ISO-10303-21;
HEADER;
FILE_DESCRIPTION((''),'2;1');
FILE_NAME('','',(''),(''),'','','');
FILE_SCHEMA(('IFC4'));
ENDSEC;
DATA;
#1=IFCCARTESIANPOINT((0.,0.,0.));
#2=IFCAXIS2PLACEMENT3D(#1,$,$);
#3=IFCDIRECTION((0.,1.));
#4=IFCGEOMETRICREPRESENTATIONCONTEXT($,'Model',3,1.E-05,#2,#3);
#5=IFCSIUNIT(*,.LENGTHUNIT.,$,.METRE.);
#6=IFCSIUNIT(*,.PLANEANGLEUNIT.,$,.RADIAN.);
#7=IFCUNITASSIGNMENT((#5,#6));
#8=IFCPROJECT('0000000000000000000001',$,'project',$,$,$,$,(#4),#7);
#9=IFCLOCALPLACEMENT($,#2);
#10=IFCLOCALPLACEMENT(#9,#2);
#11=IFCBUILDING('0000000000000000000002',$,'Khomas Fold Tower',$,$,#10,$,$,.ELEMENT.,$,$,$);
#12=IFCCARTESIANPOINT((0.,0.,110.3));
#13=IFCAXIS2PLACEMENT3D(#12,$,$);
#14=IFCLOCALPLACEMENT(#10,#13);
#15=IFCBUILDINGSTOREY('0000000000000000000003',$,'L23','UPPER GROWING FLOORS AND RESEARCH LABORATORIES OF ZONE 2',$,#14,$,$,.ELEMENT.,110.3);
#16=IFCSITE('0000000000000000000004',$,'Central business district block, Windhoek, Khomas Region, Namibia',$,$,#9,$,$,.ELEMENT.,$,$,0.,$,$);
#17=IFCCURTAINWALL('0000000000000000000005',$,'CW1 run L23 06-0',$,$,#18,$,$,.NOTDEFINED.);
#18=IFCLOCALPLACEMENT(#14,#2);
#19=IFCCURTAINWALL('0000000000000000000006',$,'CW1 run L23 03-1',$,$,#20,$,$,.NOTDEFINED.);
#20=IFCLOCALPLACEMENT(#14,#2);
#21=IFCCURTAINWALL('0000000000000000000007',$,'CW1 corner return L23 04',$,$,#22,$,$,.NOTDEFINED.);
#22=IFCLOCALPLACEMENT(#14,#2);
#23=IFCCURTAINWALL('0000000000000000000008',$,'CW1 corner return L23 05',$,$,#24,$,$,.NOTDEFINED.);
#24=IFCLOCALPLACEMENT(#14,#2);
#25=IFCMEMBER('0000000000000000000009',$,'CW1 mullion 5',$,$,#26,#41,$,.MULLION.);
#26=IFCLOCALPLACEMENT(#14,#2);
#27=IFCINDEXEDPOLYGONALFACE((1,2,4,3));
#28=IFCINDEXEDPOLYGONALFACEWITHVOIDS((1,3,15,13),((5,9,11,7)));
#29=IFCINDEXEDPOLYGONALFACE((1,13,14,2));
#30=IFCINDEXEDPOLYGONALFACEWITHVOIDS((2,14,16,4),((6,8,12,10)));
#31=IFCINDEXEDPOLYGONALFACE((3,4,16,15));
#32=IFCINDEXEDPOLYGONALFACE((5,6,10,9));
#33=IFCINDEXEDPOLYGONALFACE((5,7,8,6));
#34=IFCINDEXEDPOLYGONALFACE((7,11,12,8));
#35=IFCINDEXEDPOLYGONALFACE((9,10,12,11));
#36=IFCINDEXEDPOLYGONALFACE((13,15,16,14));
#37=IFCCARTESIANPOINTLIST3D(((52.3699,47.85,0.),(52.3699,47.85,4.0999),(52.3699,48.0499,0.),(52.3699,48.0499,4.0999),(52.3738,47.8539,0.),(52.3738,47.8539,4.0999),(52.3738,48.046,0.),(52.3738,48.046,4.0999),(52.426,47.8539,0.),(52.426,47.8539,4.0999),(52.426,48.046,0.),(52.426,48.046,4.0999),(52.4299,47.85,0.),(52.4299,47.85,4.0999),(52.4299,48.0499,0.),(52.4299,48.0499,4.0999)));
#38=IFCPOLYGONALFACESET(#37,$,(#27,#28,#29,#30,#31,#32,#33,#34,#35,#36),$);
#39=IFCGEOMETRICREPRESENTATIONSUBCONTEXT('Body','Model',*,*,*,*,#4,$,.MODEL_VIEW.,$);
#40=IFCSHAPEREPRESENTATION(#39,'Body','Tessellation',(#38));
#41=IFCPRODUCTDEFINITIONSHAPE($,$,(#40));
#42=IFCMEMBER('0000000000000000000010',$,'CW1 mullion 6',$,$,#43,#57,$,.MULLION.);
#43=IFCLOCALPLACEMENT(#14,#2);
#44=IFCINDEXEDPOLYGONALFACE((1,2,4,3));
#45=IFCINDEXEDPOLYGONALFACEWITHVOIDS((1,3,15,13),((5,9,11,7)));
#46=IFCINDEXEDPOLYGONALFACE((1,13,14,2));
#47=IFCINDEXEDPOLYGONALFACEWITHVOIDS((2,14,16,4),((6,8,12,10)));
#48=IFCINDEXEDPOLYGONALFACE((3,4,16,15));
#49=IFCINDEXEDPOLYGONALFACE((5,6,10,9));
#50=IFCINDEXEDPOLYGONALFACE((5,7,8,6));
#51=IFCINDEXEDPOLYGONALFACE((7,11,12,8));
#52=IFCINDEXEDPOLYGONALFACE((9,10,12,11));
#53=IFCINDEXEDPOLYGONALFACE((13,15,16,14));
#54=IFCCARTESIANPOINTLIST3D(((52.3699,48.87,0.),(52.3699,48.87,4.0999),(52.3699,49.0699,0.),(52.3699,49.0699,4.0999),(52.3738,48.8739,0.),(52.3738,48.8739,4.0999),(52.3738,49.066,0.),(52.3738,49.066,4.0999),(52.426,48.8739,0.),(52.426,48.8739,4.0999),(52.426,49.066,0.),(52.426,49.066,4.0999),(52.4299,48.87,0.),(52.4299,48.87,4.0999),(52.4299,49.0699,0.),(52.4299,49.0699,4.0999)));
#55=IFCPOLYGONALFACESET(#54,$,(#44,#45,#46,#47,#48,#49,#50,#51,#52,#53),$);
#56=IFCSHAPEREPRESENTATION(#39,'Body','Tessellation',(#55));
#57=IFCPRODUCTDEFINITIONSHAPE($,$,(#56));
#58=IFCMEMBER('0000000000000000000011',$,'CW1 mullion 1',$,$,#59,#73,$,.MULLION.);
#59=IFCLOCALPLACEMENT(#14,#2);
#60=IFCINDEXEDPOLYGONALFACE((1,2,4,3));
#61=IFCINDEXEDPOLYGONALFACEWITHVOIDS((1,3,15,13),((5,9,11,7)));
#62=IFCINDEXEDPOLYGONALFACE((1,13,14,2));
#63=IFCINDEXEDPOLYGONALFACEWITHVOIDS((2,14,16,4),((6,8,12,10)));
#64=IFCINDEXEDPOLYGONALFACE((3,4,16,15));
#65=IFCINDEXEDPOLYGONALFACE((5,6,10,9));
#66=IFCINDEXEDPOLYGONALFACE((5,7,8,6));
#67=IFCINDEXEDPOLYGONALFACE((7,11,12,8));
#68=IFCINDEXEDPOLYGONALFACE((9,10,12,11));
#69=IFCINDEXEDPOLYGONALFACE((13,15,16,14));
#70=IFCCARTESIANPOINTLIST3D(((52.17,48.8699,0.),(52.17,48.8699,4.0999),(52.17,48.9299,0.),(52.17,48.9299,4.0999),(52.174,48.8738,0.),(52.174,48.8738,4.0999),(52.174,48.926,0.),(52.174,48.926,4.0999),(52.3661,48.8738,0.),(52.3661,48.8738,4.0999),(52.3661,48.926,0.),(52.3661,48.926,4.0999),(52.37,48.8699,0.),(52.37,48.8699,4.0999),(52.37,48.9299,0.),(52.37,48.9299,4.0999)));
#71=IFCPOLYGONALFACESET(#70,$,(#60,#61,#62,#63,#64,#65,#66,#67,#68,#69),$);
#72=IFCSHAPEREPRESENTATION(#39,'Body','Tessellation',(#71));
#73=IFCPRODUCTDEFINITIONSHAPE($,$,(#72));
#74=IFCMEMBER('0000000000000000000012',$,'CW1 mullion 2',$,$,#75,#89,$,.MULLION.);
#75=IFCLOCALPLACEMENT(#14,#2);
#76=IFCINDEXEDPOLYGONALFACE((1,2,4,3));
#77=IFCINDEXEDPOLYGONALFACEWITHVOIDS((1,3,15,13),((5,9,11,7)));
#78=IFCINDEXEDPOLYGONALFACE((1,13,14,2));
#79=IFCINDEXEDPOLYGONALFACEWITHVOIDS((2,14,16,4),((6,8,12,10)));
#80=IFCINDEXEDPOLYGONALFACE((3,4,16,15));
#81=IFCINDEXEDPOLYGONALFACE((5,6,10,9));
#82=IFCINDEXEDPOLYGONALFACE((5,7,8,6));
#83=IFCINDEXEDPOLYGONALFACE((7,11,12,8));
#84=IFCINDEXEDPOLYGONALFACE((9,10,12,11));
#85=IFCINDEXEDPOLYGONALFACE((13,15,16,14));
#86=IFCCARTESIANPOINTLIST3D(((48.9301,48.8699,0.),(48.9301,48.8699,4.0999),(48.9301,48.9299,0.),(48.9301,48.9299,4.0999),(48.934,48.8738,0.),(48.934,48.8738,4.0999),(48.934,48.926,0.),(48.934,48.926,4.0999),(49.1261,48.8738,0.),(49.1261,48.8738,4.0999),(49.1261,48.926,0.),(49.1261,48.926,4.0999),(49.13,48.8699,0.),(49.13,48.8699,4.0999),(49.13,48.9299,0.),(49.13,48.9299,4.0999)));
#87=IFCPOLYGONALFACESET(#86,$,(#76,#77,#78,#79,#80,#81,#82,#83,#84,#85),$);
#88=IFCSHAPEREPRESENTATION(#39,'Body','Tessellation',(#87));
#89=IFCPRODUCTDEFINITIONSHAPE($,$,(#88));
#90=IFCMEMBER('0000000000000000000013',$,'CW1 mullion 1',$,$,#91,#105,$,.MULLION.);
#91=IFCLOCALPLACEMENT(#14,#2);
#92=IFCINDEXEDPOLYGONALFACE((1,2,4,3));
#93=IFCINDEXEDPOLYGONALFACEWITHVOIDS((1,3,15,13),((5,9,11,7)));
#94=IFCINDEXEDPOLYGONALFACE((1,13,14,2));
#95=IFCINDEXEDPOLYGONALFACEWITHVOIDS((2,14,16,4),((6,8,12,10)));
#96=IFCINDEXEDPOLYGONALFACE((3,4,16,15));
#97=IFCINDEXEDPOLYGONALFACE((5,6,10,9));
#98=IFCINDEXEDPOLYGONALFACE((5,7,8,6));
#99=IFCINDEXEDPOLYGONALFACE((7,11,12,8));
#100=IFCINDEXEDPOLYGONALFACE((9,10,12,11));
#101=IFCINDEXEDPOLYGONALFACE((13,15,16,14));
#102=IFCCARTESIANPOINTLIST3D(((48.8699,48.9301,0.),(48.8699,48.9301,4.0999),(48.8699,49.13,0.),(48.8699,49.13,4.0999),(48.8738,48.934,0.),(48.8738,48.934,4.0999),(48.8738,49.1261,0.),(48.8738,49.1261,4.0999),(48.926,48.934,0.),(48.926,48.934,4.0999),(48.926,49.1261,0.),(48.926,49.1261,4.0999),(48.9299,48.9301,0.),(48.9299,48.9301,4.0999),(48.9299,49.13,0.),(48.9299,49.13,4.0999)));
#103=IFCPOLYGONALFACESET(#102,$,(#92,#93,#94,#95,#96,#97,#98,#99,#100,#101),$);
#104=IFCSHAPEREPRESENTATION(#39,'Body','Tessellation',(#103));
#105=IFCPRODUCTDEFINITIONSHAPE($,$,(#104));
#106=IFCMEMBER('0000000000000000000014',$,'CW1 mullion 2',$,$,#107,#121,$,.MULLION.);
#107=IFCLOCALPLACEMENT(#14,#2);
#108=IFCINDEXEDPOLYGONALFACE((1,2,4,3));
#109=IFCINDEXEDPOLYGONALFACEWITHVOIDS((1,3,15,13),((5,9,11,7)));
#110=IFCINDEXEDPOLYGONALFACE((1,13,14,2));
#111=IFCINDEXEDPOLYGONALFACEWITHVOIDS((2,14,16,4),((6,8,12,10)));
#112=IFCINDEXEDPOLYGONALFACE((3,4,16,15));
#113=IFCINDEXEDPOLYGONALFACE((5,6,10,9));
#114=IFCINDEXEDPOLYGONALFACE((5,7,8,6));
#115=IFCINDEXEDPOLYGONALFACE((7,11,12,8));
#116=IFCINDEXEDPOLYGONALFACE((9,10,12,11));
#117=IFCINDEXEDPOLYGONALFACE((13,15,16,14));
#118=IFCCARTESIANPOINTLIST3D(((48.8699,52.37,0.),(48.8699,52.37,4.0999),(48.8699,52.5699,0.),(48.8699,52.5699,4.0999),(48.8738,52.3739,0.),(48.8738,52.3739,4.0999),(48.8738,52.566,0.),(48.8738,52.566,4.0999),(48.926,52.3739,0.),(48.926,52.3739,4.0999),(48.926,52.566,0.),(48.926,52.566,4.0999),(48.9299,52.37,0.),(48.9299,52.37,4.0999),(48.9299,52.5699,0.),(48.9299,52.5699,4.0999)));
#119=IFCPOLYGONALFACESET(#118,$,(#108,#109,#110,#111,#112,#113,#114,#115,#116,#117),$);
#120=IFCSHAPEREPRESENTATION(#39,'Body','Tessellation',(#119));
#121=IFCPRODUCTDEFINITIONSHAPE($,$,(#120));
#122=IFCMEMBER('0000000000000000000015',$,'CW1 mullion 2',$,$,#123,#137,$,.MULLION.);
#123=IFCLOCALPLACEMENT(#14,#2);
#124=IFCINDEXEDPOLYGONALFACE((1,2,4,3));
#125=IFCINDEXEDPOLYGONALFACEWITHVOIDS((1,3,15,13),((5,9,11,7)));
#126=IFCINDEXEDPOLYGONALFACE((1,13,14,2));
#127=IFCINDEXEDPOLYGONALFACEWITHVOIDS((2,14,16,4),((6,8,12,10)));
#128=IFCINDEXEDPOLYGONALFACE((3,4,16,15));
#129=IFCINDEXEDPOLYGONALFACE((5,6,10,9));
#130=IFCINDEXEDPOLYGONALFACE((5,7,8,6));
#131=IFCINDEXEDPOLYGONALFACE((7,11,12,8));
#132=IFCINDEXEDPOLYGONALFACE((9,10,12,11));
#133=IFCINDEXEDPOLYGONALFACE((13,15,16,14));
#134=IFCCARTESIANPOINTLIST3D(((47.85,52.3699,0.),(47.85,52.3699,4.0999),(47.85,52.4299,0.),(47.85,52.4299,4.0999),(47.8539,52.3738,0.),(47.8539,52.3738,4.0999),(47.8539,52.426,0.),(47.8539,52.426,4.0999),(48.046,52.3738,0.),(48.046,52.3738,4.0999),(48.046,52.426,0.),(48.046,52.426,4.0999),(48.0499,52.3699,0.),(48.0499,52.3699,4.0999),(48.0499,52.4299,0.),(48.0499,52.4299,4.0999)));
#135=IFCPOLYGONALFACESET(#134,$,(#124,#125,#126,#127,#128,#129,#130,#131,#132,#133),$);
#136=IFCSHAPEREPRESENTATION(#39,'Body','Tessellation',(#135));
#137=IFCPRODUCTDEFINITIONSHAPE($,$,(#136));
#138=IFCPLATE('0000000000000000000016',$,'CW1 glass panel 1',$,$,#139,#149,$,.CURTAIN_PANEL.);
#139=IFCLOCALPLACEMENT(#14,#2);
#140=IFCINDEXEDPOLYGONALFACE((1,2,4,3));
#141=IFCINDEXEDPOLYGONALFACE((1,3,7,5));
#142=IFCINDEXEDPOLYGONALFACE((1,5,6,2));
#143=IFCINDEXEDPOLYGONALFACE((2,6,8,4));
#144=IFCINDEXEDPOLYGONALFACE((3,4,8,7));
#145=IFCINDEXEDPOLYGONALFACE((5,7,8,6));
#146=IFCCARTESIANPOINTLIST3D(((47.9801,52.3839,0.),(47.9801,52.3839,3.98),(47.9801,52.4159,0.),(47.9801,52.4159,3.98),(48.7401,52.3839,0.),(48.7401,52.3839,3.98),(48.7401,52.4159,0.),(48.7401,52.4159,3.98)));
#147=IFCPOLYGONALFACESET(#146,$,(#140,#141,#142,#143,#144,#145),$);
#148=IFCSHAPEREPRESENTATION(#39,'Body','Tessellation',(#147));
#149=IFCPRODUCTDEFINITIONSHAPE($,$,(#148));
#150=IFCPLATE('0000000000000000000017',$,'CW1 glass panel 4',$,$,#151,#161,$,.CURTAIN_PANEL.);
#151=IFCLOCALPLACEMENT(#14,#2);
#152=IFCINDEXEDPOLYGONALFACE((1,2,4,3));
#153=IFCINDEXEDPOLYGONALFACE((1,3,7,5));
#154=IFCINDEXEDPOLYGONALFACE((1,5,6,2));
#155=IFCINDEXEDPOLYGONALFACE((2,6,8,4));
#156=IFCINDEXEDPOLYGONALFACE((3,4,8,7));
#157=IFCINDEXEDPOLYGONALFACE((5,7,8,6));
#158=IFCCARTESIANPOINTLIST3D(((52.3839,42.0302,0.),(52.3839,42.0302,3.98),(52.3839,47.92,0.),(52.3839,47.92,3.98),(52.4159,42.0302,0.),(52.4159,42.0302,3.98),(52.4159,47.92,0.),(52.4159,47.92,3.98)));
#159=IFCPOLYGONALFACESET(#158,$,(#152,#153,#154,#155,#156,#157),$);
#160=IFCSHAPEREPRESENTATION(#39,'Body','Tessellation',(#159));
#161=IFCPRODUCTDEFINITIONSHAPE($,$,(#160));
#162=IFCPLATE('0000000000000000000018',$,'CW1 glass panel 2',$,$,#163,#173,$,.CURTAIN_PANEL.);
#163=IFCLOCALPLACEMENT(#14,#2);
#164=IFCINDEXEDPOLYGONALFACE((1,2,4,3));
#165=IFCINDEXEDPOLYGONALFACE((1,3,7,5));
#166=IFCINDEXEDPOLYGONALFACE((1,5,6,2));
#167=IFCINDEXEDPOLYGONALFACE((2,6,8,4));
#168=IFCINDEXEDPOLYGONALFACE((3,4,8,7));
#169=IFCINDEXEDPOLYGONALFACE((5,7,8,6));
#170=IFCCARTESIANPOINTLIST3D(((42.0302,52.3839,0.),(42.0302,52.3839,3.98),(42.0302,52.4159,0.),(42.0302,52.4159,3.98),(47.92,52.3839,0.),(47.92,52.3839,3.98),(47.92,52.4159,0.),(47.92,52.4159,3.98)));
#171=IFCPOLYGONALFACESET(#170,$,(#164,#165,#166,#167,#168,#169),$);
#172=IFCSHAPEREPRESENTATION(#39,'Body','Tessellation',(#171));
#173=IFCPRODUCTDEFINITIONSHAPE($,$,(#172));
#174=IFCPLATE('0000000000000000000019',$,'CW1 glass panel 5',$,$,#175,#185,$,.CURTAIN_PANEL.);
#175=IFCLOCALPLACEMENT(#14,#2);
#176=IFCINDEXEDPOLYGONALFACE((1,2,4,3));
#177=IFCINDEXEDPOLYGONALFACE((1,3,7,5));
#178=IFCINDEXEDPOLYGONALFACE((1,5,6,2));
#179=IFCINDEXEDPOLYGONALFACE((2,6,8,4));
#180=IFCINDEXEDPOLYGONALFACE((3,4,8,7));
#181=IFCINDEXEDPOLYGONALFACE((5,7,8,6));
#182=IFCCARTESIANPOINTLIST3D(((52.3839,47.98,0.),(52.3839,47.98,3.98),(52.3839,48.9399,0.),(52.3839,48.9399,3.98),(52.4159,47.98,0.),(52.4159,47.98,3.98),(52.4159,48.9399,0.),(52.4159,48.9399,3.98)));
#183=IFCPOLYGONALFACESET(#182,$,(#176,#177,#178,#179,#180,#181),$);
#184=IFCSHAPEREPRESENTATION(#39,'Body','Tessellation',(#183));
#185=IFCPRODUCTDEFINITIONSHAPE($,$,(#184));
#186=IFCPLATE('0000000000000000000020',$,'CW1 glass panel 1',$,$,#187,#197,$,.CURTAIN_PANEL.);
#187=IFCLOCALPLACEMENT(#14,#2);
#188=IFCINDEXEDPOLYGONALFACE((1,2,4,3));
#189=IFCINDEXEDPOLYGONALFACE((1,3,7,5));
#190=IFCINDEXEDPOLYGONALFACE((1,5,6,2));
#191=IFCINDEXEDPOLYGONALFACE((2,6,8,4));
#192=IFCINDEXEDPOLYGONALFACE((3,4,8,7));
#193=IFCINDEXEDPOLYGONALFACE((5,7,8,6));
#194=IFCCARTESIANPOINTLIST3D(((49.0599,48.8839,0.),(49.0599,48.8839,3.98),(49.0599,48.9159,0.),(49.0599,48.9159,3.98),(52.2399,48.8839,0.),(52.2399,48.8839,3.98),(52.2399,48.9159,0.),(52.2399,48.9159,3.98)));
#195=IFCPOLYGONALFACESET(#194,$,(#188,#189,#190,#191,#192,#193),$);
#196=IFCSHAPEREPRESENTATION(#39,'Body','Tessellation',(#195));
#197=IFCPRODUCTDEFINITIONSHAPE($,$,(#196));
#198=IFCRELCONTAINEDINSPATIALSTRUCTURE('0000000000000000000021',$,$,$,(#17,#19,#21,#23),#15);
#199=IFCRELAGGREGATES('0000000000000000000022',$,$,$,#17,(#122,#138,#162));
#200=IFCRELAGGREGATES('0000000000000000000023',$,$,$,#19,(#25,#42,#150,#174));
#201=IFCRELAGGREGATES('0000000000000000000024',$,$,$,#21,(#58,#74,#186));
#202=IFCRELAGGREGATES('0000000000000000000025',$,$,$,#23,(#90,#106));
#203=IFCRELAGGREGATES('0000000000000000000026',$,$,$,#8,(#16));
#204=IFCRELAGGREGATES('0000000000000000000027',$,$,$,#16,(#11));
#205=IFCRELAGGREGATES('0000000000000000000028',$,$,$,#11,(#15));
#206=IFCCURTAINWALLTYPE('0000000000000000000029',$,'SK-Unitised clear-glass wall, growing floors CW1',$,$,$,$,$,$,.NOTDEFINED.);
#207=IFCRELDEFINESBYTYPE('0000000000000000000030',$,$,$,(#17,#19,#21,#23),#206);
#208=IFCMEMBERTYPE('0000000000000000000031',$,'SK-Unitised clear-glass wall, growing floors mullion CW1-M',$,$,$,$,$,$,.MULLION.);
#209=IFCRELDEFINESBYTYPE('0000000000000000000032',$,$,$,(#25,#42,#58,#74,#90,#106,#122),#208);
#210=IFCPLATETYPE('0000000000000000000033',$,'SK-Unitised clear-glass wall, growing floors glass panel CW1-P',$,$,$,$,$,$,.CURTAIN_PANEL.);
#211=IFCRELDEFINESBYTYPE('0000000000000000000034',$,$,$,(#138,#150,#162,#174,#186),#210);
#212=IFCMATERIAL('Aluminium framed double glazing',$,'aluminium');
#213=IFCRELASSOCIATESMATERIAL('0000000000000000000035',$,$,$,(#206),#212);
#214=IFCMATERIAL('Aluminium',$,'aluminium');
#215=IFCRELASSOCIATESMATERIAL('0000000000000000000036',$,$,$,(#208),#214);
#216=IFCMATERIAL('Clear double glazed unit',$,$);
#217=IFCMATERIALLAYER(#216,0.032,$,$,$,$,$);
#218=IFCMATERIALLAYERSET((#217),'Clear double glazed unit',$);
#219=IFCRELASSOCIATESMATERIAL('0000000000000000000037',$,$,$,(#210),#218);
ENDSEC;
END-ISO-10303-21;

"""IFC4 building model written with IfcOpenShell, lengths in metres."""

from ifc_helpers import new_model, si_unit, direction, frame, origin, origin_2d, place, context, subcontext, project, spatial, rectangle, hollow_rectangle, extrude, source, transform, mapped, material, layer, layer_set, material_profile, profile_set, type_object, element, aggregate, save


model = new_model("IFC4")

# Units and contexts
model_context = context("Model", 3, precision=1e-05, world=origin(), true_north=direction((0.0, 1.0)))
body_context = subcontext(model_context, "Body", "Model", "MODEL_VIEW")
ifc_project = project(units=[si_unit("LENGTHUNIT", "METRE"), si_unit("PLANEANGLEUNIT", "RADIAN")], contexts=[model_context])

# Site, building, storey
site_placement = place(None, origin())
site = spatial("IfcSite", under=ifc_project, at=site_placement, Name="Central business district block, Windhoek, Khomas Region, Namibia", CompositionType="ELEMENT", RefElevation=0.0)
building_placement = place(site_placement, origin())
building = spatial("IfcBuilding", under=site, at=building_placement, Name="Khomas Fold Tower", CompositionType="ELEMENT")
storey_placement = place(building_placement, frame((0.0, 0.0, 110.3)))
storey = spatial("IfcBuildingStorey", under=building, at=storey_placement, Name="L23", Description="UPPER GROWING FLOORS AND RESEARCH LABORATORIES OF ZONE 2", CompositionType="ELEMENT", Elevation=110.3)

# Curtain wall
ifc_material_1 = material(Name="Aluminium framed double glazing", Category="aluminium")
curtain_wall_type = type_object("IfcCurtainWallType", Name="SK-Unitised clear-glass wall, growing floors CW1", PredefinedType="NOTDEFINED", material=ifc_material_1)
curtain_wall_1_placement = place(storey_placement, origin())
curtain_wall_1 = element("IfcCurtainWall", 1, at=curtain_wall_1_placement, inside=storey, type_object=curtain_wall_type, Name="CW1 run L23 06-0", PredefinedType="NOTDEFINED")

# Curtain walls
curtain_wall_2_placement = place(storey_placement, origin())
curtain_wall_2 = element("IfcCurtainWall", 2, at=curtain_wall_2_placement, inside=storey, type_object=curtain_wall_type, Name="CW1 run L23 03-1", PredefinedType="NOTDEFINED")
curtain_wall_3_placement = place(storey_placement, origin())
curtain_wall_3 = element("IfcCurtainWall", 3, at=curtain_wall_3_placement, inside=storey, type_object=curtain_wall_type, Name="CW1 corner return L23 04", PredefinedType="NOTDEFINED")
curtain_wall_4_placement = place(storey_placement, origin())
curtain_wall_4 = element("IfcCurtainWall", 4, at=curtain_wall_4_placement, inside=storey, type_object=curtain_wall_type, Name="CW1 corner return L23 05", PredefinedType="NOTDEFINED")

# Members
ifc_material_2 = material(Name="Aluminium", Category="aluminium")
ifc_material_profile_1 = material_profile(ifc_material_2, hollow_rectangle(XDim=0.0601, YDim=0.2, WallThickness=0.0039, at=origin_2d()), Name="SK-Unitised clear-glass wall, growing floors mullion CW1-M")
ifc_profile_set_1 = profile_set([ifc_material_profile_1], Name="Aluminium")
member_type_1 = type_object("IfcMemberType", Name="SK-Unitised clear-glass wall, growing floors mullion CW1-M", PredefinedType="MULLION", material=ifc_profile_set_1)
shared_shape_1 = source(origin(), body_context, "Body", "SweptSolid", [
    extrude(hollow_rectangle(XDim=0.0601, YDim=0.2, WallThickness=0.0039, at=origin_2d()), origin(), (0.0, 0.0, 1.0), 4.0999),
])
member_1_placement = place(storey_placement, frame((52.3999, 47.95, 0.0), z_axis=(0.0, 0.0, 1.0), x_axis=(-1.0, 0.0, 0.0)))
member_1 = element("IfcMember", 5, at=member_1_placement, type_object=member_type_1, Name="CW1 mullion 5", PredefinedType="MULLION", context=body_context, shape_type="MappedRepresentation", body=[
    mapped(shared_shape_1, transform((0.0, 0.0, 0.0))),
])
member_2_placement = place(storey_placement, frame((52.3999, 48.97, 0.0), z_axis=(0.0, 0.0, 1.0), x_axis=(-1.0, 0.0, 0.0)))
member_2 = element("IfcMember", 6, at=member_2_placement, type_object=member_type_1, Name="CW1 mullion 6", PredefinedType="MULLION", context=body_context, shape_type="MappedRepresentation", body=[
    mapped(shared_shape_1, transform((0.0, 0.0, 0.0))),
])
member_3_placement = place(storey_placement, frame((52.27, 48.8999, 0.0), z_axis=(0.0, 0.0, 1.0), x_axis=(0.0, -1.0, 0.0)))
member_3 = element("IfcMember", 7, at=member_3_placement, type_object=member_type_1, Name="CW1 mullion 1", PredefinedType="MULLION", context=body_context, shape_type="MappedRepresentation", body=[
    mapped(shared_shape_1, transform((0.0, 0.0, 0.0))),
])
member_4_placement = place(storey_placement, frame((49.03, 48.8999, 0.0), z_axis=(0.0, 0.0, 1.0), x_axis=(0.0, -1.0, 0.0)))
member_4 = element("IfcMember", 8, at=member_4_placement, type_object=member_type_1, Name="CW1 mullion 2", PredefinedType="MULLION", context=body_context, shape_type="MappedRepresentation", body=[
    mapped(shared_shape_1, transform((0.0, 0.0, 0.0))),
])
member_5_placement = place(storey_placement, frame((48.8999, 49.03, 0.0), z_axis=(0.0, 0.0, 1.0), x_axis=(-1.0, 0.0, 0.0)))
member_5 = element("IfcMember", 9, at=member_5_placement, type_object=member_type_1, Name="CW1 mullion 1", PredefinedType="MULLION", context=body_context, shape_type="MappedRepresentation", body=[
    mapped(shared_shape_1, transform((0.0, 0.0, 0.0))),
])
member_6_placement = place(storey_placement, frame((48.8999, 52.47, 0.0), z_axis=(0.0, 0.0, 1.0), x_axis=(-1.0, 0.0, 0.0)))
member_6 = element("IfcMember", 10, at=member_6_placement, type_object=member_type_1, Name="CW1 mullion 2", PredefinedType="MULLION", context=body_context, shape_type="MappedRepresentation", body=[
    mapped(shared_shape_1, transform((0.0, 0.0, 0.0))),
])
member_7_placement = place(storey_placement, frame((47.95, 52.3999, 0.0), z_axis=(0.0, 0.0, 1.0), x_axis=(0.0, -1.0, 0.0)))
member_7 = element("IfcMember", 11, at=member_7_placement, type_object=member_type_1, Name="CW1 mullion 2", PredefinedType="MULLION", context=body_context, shape_type="MappedRepresentation", body=[
    mapped(shared_shape_1, transform((0.0, 0.0, 0.0))),
])

# Plates
ifc_material_3 = material(Name="Clear double glazed unit")
ifc_layer_1 = layer(ifc_material_3, 0.032)
ifc_layer_set_1 = layer_set([ifc_layer_1], Name="Clear double glazed unit")
plate_type = type_object("IfcPlateType", Name="SK-Unitised clear-glass wall, growing floors glass panel CW1-P", PredefinedType="CURTAIN_PANEL", material=ifc_layer_set_1)
shared_shape_2 = source(origin(), body_context, "Body", "SweptSolid", [
    extrude(rectangle(XDim=0.76, YDim=0.032, at=origin_2d()), origin(), (0.0, 0.0, 1.0), 3.98),
])
plate_1_placement = place(storey_placement, frame((48.3601, 52.3999, 0.0), z_axis=(0.0, 0.0, 1.0), x_axis=(-1.0, 0.0, 0.0)))
plate_1 = element("IfcPlate", 12, at=plate_1_placement, type_object=plate_type, Name="CW1 glass panel 1", PredefinedType="CURTAIN_PANEL", context=body_context, shape_type="MappedRepresentation", body=[
    mapped(shared_shape_2, transform((0.0, 0.0, 0.0))),
])
shared_shape_3 = source(origin(), body_context, "Body", "SweptSolid", [
    extrude(rectangle(XDim=5.8899, YDim=0.032, at=origin_2d()), origin(), (0.0, 0.0, 1.0), 3.98),
])
plate_2_placement = place(storey_placement, frame((52.3999, 44.9751, 0.0), z_axis=(0.0, 0.0, 1.0), x_axis=(0.0, 1.0, 0.0)))
plate_2 = element("IfcPlate", 13, at=plate_2_placement, type_object=plate_type, Name="CW1 glass panel 4", PredefinedType="CURTAIN_PANEL", context=body_context, shape_type="MappedRepresentation", body=[
    mapped(shared_shape_3, transform((0.0, 0.0, 0.0))),
])
plate_3_placement = place(storey_placement, frame((44.9751, 52.3999, 0.0), z_axis=(0.0, 0.0, 1.0), x_axis=(-1.0, 0.0, 0.0)))
plate_3 = element("IfcPlate", 14, at=plate_3_placement, type_object=plate_type, Name="CW1 glass panel 2", PredefinedType="CURTAIN_PANEL", context=body_context, shape_type="MappedRepresentation", body=[
    mapped(shared_shape_3, transform((0.0, 0.0, 0.0))),
])
aggregate(curtain_wall_1, [member_7, plate_1, plate_3])
shared_shape_4 = source(origin(), body_context, "Body", "SweptSolid", [
    extrude(rectangle(XDim=0.96, YDim=0.032, at=origin_2d()), origin(), (0.0, 0.0, 1.0), 3.98),
])
plate_4_placement = place(storey_placement, frame((52.3999, 48.46, 0.0), z_axis=(0.0, 0.0, 1.0), x_axis=(0.0, 1.0, 0.0)))
plate_4 = element("IfcPlate", 15, at=plate_4_placement, type_object=plate_type, Name="CW1 glass panel 5", PredefinedType="CURTAIN_PANEL", context=body_context, shape_type="MappedRepresentation", body=[
    mapped(shared_shape_4, transform((0.0, 0.0, 0.0))),
])
aggregate(curtain_wall_2, [member_1, member_2, plate_2, plate_4])
shared_shape_5 = source(origin(), body_context, "Body", "SweptSolid", [
    extrude(rectangle(XDim=3.1799, YDim=0.032, at=origin_2d()), origin(), (0.0, 0.0, 1.0), 3.98),
])
plate_5_placement = place(storey_placement, frame((50.6499, 48.8999, 0.0), z_axis=(0.0, 0.0, 1.0), x_axis=(-1.0, 0.0, 0.0)))
plate_5 = element("IfcPlate", 16, at=plate_5_placement, type_object=plate_type, Name="CW1 glass panel 1", PredefinedType="CURTAIN_PANEL", context=body_context, shape_type="MappedRepresentation", body=[
    mapped(shared_shape_5, transform((0.0, 0.0, 0.0))),
])
aggregate(curtain_wall_3, [member_3, member_4, plate_5])
aggregate(curtain_wall_4, [member_5, member_6])

save(model, "model.ifc")
